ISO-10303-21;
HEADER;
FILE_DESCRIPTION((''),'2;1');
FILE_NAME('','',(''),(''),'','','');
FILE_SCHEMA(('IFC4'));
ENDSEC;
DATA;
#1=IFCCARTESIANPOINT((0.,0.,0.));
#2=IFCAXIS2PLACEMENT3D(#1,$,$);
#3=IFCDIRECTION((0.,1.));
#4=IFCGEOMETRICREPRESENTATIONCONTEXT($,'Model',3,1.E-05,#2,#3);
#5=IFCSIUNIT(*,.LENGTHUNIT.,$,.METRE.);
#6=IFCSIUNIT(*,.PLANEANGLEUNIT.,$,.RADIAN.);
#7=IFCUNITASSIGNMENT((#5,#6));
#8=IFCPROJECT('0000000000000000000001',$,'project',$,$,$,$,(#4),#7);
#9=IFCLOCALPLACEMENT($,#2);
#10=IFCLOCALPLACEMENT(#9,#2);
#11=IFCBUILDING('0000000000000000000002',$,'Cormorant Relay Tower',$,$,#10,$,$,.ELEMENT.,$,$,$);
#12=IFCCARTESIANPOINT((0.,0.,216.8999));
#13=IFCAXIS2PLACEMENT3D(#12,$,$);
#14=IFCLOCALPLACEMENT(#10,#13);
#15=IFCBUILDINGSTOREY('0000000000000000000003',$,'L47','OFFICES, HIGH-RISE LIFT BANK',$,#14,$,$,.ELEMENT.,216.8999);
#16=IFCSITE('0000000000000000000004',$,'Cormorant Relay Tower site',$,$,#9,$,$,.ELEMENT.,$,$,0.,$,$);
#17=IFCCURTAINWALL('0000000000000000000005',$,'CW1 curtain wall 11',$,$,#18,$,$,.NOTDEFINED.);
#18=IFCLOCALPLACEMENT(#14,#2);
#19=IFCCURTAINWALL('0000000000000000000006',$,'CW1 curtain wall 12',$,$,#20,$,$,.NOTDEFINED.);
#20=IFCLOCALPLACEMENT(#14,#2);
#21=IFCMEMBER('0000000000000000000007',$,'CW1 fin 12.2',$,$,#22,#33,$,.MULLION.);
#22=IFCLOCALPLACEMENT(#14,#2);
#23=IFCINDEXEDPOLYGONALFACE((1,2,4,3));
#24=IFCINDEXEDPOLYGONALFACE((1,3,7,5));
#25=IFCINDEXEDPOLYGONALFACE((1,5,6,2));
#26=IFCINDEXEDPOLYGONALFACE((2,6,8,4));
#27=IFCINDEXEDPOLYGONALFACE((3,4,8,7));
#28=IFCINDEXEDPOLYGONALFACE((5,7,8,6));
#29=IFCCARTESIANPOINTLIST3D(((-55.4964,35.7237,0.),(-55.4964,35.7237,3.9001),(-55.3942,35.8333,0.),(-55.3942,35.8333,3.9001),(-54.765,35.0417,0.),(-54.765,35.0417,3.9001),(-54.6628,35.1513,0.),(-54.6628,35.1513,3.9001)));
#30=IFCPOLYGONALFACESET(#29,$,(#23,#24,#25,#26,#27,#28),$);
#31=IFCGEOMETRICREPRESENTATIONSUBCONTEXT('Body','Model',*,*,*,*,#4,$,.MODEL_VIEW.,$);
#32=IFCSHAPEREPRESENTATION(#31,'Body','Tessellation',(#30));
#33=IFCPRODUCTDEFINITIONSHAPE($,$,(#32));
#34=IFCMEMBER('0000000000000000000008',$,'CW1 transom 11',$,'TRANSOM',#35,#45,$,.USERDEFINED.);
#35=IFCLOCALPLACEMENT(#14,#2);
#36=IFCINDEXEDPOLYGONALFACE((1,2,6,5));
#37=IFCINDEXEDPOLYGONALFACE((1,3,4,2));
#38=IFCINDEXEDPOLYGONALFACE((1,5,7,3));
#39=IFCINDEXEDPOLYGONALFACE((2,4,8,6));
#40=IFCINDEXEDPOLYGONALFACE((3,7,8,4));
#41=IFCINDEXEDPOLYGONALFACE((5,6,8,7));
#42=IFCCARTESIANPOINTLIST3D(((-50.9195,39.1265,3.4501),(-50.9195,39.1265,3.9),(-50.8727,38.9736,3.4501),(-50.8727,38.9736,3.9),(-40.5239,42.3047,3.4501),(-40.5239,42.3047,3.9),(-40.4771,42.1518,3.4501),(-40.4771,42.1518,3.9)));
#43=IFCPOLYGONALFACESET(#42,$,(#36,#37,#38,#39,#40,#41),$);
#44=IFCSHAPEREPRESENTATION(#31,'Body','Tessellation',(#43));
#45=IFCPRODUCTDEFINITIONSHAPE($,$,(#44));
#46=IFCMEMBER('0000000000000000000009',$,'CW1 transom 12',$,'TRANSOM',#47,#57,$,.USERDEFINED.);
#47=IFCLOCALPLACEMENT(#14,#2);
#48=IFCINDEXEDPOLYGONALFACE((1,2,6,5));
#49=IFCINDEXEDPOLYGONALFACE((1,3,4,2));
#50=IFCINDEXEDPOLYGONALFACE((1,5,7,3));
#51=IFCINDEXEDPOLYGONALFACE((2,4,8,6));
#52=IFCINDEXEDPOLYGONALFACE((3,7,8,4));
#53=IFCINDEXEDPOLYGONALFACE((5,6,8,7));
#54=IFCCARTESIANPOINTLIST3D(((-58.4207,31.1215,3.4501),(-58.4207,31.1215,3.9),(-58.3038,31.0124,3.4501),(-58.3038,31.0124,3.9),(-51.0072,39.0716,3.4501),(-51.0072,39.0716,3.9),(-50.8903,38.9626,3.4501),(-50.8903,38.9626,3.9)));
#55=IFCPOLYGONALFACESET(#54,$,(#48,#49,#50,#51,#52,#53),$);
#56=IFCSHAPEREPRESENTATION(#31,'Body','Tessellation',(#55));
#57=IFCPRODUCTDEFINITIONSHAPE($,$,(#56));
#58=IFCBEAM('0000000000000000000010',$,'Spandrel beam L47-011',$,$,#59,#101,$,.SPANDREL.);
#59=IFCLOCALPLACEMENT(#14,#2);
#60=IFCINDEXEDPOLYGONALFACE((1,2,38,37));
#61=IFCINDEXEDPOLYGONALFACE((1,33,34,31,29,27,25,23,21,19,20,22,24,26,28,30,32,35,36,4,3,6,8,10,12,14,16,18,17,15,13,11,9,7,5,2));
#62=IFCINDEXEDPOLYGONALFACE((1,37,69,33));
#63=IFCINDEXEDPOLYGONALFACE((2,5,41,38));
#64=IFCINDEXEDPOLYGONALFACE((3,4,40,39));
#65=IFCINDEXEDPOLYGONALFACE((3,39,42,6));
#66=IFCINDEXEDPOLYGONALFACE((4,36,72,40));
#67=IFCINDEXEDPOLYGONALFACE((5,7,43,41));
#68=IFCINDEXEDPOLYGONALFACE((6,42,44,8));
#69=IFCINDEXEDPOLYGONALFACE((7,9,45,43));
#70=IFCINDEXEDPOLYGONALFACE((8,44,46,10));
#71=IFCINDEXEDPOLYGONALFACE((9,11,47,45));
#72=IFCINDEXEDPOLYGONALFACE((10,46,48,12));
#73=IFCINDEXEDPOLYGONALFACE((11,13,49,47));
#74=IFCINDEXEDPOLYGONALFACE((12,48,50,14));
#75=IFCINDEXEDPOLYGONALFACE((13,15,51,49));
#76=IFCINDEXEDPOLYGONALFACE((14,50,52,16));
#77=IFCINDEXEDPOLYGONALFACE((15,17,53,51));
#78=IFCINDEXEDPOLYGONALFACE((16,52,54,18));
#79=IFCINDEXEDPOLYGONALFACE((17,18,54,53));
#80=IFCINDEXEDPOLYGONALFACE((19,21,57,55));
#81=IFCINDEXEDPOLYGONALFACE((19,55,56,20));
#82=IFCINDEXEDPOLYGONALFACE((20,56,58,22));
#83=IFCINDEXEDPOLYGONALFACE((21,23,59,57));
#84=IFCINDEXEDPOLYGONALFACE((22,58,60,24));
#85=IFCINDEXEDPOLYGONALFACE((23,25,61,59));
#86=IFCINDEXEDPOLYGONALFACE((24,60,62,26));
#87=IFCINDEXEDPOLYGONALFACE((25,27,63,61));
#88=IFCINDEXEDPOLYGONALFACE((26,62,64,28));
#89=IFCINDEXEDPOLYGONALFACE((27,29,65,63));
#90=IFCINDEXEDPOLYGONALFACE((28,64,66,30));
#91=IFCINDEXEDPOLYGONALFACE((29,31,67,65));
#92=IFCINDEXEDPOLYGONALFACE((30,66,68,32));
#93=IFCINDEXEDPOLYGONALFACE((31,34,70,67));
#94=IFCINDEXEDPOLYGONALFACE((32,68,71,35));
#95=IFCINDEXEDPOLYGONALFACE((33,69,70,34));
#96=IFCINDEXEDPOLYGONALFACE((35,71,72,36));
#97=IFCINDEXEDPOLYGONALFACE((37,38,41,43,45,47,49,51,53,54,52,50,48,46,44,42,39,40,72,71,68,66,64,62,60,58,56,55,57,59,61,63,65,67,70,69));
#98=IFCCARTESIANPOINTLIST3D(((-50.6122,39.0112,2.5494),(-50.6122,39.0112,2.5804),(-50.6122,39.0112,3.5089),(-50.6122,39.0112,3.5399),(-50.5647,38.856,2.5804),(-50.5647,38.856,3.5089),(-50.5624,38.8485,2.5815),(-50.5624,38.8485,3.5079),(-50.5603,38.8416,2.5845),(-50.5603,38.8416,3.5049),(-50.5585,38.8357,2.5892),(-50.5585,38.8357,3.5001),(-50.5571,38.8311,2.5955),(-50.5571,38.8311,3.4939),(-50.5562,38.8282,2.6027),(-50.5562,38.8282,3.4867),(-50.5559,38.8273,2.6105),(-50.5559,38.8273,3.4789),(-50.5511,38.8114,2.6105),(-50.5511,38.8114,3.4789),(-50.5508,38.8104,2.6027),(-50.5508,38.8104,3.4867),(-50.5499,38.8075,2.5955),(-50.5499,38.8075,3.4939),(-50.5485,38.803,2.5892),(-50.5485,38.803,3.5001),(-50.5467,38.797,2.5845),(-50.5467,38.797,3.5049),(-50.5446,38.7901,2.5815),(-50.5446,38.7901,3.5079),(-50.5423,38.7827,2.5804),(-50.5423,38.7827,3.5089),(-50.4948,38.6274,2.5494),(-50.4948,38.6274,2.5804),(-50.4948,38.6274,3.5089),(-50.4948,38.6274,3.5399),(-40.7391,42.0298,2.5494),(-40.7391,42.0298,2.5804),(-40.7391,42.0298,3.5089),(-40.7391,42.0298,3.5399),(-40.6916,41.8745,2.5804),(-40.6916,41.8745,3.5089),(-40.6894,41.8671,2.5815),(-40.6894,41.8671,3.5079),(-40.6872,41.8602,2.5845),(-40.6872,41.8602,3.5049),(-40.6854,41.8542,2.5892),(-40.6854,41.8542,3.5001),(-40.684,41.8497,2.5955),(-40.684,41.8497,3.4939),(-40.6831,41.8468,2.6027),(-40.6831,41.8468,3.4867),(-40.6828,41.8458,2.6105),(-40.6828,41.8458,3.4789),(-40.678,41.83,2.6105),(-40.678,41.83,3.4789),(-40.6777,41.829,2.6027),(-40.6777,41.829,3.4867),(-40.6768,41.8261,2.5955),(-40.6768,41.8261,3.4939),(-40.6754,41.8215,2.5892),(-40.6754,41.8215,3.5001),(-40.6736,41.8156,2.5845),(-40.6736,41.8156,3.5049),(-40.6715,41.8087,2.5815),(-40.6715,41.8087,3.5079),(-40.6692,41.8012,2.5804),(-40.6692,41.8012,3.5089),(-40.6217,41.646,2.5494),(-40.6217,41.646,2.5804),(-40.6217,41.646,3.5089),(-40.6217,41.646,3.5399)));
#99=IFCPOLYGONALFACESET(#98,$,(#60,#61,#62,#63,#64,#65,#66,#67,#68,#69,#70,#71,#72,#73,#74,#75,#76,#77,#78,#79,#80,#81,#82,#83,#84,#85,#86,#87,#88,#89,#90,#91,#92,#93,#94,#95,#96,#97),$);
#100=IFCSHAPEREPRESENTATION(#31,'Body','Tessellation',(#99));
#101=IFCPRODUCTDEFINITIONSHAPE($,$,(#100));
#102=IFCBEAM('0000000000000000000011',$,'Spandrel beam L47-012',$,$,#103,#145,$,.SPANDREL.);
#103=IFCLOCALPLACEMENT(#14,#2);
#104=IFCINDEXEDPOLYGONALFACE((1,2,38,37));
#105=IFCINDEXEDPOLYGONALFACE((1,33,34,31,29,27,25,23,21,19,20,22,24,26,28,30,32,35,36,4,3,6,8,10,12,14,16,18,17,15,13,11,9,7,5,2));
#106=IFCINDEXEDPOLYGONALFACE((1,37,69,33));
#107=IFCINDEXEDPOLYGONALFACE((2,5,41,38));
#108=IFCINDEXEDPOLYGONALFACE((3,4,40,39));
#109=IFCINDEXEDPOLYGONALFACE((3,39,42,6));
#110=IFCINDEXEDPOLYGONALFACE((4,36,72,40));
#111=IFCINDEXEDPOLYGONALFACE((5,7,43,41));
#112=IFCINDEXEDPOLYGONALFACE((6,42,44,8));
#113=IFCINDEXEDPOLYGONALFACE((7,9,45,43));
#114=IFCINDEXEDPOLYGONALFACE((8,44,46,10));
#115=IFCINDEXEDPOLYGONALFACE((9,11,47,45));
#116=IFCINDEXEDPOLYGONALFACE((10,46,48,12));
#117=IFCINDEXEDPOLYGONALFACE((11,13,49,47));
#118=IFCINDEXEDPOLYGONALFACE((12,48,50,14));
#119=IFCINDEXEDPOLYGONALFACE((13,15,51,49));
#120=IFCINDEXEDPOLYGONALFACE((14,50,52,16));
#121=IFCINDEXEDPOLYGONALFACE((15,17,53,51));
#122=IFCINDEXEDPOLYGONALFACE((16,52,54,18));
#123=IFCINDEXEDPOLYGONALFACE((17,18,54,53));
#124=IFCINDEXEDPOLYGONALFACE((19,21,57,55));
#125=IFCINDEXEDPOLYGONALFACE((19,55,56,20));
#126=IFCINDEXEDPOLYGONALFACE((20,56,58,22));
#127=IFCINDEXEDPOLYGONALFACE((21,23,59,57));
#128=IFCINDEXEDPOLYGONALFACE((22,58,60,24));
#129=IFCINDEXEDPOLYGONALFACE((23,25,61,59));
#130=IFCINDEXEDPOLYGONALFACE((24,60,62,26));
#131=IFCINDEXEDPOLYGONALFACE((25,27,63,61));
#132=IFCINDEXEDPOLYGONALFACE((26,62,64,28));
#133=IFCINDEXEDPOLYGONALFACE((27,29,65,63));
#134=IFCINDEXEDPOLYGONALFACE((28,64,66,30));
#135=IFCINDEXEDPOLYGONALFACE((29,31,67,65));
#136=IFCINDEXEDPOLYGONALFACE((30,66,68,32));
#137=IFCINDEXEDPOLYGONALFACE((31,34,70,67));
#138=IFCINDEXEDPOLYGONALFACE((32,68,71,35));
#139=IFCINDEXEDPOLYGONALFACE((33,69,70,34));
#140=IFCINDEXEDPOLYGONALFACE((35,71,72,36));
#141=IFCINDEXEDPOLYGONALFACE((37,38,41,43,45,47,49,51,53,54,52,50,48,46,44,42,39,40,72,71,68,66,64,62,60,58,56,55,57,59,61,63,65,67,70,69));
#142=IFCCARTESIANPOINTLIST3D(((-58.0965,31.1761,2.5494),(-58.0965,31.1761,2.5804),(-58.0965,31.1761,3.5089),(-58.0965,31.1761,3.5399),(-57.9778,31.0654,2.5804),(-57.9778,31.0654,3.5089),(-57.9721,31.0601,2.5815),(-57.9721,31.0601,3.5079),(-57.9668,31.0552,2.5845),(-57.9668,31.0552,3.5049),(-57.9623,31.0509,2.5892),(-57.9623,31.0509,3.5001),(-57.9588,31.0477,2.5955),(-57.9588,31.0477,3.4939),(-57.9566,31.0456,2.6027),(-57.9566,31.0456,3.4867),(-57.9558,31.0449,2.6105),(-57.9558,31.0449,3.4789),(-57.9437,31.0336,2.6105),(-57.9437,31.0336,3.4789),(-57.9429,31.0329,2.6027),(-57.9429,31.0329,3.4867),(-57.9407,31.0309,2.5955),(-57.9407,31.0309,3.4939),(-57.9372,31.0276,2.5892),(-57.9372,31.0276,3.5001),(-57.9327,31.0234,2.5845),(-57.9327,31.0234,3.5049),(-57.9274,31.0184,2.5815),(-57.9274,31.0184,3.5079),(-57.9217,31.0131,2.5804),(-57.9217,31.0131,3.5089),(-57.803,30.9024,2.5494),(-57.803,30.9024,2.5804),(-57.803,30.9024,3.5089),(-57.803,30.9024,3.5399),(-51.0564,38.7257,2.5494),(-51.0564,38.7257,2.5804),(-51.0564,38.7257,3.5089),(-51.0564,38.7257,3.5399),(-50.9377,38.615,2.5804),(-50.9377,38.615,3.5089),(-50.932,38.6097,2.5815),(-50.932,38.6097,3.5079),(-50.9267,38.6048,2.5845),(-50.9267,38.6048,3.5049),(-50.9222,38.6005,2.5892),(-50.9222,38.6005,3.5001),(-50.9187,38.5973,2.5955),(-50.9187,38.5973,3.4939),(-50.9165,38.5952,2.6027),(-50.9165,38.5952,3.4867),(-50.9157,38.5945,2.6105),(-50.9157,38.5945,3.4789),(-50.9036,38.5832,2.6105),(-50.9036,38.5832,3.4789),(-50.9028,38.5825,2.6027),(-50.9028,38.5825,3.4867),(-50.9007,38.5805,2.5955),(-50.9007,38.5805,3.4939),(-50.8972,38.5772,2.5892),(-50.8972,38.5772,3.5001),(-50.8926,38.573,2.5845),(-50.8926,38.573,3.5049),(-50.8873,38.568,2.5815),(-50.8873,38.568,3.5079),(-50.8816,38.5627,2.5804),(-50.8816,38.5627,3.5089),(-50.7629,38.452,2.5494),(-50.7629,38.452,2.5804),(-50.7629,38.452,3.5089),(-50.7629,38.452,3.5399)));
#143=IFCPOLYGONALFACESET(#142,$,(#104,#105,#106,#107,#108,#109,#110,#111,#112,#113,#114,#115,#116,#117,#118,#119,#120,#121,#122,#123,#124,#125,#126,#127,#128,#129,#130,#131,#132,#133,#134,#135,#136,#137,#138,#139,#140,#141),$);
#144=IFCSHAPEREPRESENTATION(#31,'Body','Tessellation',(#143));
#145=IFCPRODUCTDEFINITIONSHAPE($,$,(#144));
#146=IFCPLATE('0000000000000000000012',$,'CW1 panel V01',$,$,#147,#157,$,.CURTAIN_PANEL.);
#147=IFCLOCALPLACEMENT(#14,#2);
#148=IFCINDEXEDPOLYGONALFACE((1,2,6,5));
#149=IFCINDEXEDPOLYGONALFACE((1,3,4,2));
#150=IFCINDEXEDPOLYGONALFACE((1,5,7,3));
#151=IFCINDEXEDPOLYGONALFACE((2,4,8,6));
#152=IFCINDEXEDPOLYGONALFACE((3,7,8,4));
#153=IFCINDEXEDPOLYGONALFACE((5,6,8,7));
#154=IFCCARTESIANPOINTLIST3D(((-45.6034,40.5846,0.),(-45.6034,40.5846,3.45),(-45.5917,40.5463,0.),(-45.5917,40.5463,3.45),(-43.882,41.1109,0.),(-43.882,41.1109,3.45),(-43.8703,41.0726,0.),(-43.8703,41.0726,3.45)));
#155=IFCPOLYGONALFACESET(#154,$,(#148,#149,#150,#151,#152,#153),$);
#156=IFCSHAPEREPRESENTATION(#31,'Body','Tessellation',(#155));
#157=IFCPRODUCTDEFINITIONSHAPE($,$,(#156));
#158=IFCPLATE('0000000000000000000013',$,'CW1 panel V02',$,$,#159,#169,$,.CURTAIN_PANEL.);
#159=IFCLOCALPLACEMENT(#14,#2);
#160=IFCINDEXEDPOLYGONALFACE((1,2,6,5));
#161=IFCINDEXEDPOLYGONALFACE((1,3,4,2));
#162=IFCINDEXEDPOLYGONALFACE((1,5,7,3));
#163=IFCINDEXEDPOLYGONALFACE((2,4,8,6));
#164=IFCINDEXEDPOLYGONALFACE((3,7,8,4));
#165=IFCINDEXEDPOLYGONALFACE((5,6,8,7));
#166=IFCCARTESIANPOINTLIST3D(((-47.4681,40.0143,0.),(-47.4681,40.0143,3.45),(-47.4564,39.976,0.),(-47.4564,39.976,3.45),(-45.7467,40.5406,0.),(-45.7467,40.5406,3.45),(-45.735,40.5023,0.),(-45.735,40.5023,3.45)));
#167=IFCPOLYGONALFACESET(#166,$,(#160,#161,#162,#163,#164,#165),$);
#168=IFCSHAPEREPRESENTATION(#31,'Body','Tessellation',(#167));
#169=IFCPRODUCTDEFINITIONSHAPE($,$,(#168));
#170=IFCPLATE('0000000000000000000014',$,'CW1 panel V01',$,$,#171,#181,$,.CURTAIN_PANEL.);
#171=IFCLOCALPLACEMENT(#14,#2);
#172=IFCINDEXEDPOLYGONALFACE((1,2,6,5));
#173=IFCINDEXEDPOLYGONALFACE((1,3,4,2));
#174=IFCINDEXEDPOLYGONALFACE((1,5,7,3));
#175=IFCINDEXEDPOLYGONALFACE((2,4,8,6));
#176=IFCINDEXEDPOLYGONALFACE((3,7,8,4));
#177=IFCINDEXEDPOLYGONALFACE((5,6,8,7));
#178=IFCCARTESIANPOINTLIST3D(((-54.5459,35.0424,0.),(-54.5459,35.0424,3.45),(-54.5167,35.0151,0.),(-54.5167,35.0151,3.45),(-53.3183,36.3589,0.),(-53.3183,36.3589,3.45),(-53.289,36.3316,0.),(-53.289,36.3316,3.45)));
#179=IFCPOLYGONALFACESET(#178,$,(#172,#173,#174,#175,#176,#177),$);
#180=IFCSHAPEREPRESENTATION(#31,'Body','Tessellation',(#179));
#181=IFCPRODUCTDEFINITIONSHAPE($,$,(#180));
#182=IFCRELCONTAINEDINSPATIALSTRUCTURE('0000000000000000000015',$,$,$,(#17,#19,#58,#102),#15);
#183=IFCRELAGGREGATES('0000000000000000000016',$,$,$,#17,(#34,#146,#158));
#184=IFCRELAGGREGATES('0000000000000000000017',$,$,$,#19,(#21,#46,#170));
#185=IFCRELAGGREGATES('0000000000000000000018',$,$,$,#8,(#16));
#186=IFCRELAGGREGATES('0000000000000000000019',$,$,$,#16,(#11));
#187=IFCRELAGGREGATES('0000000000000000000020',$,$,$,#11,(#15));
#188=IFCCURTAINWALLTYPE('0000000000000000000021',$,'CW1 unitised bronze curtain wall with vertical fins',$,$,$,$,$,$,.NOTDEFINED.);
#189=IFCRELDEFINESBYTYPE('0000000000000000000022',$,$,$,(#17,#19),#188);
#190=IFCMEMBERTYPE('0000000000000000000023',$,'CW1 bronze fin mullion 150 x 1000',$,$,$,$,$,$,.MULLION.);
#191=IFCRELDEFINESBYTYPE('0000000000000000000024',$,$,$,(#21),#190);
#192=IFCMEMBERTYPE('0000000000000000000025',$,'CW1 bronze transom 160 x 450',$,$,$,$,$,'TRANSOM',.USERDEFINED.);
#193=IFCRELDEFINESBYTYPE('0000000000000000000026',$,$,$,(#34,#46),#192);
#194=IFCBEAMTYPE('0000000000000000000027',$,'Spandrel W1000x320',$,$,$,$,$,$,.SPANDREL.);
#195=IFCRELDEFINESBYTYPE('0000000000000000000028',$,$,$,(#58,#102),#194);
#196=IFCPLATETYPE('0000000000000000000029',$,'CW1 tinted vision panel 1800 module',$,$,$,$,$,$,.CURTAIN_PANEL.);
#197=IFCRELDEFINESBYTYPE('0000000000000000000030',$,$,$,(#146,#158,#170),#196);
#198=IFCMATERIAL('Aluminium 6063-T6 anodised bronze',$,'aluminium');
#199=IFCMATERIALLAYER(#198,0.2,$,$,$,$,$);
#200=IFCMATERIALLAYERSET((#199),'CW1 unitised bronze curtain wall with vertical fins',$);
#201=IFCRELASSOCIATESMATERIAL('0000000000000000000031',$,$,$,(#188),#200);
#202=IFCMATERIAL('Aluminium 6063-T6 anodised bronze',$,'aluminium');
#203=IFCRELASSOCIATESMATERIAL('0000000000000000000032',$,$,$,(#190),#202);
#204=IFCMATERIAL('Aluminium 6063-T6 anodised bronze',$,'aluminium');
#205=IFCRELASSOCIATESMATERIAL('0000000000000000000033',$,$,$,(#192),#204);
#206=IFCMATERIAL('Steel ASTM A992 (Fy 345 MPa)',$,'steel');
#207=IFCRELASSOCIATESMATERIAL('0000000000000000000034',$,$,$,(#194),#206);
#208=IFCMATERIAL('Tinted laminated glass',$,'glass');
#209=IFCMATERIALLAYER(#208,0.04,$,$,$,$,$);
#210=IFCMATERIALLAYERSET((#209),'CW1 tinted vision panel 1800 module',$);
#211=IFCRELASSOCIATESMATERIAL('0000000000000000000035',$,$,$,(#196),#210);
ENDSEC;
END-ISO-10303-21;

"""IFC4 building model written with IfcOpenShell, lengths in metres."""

from ifc_helpers import new_model, si_unit, direction, frame, origin, origin_2d, place, context, subcontext, project, spatial, rectangle, i_section, extrude, material, layer, layer_set, material_profile, profile_set, type_object, element, aggregate, save


model = new_model("IFC4")

# Units and contexts
model_context = context("Model", 3, precision=1e-05, world=origin(), true_north=direction((0.0, 1.0)))
body_context = subcontext(model_context, "Body", "Model", "MODEL_VIEW")
ifc_project = project(units=[si_unit("LENGTHUNIT", "METRE"), si_unit("PLANEANGLEUNIT", "RADIAN")], contexts=[model_context])

# Site, building, storey
site_placement = place(None, origin())
site = spatial("IfcSite", under=ifc_project, at=site_placement, Name="Cormorant Relay Tower site", CompositionType="ELEMENT", RefElevation=0.0)
building_placement = place(site_placement, origin())
building = spatial("IfcBuilding", under=site, at=building_placement, Name="Cormorant Relay Tower", CompositionType="ELEMENT")
storey_placement = place(building_placement, frame((0.0, 0.0, 216.8999)))
storey = spatial("IfcBuildingStorey", under=building, at=storey_placement, Name="L47", Description="OFFICES, HIGH-RISE LIFT BANK", CompositionType="ELEMENT", Elevation=216.8999)

# Shared definitions
ifc_material_1 = material(Name="Aluminium 6063-T6 anodised bronze", Category="aluminium")
ifc_layer_1 = layer(ifc_material_1, 0.2)
ifc_layer_set_1 = layer_set([ifc_layer_1], Name="CW1 unitised bronze curtain wall with vertical fins")
curtain_wall_type = type_object("IfcCurtainWallType", Name="CW1 unitised bronze curtain wall with vertical fins", PredefinedType="NOTDEFINED", material=ifc_layer_set_1)
ifc_material_2 = material(Name="Aluminium 6063-T6 anodised bronze", Category="aluminium")
ifc_material_profile_1 = material_profile(ifc_material_2, rectangle(XDim=0.1499, YDim=1.0, at=origin_2d()), Name="AL 150x1000")
ifc_profile_set_1 = profile_set([ifc_material_profile_1], Name="Aluminium 6063-T6 anodised bronze")
member_type_1 = type_object("IfcMemberType", Name="CW1 bronze fin mullion 150 x 1000", PredefinedType="MULLION", material=ifc_profile_set_1)

# Curtain walls, member
curtain_wall_1_placement = place(storey_placement, origin())
curtain_wall_1 = element("IfcCurtainWall", 1, at=curtain_wall_1_placement, inside=storey, type_object=curtain_wall_type, Name="CW1 curtain wall 11", PredefinedType="NOTDEFINED")
curtain_wall_2_placement = place(storey_placement, origin())
curtain_wall_2 = element("IfcCurtainWall", 2, at=curtain_wall_2_placement, inside=storey, type_object=curtain_wall_type, Name="CW1 curtain wall 12", PredefinedType="NOTDEFINED")
member_1_placement = place(storey_placement, frame((-55.0796, 35.4375, 0.0), z_axis=(0.0, 0.0, 1.0), x_axis=(-0.681998, -0.731354, 0.0)))
member_1 = element("IfcMember", 3, at=member_1_placement, type_object=member_type_1, Name="CW1 fin 12.2", PredefinedType="MULLION", context=body_context, shape_type="SweptSolid", body=[
    extrude(rectangle(XDim=0.1499, YDim=1.0, at=origin_2d()), origin(), (0.0, 0.0, 1.0), 3.9001),
])

# Members
ifc_material_3 = material(Name="Aluminium 6063-T6 anodised bronze", Category="aluminium")
ifc_material_profile_2 = material_profile(ifc_material_3, rectangle(XDim=0.1599, YDim=0.45, at=origin_2d()), Name="AL 160x450")
ifc_profile_set_2 = profile_set([ifc_material_profile_2], Name="Aluminium 6063-T6 anodised bronze")
member_type_2 = type_object("IfcMemberType", Name="CW1 bronze transom 160 x 450", ElementType="TRANSOM", PredefinedType="USERDEFINED", material=ifc_profile_set_2)
member_2_placement = place(storey_placement, frame((-40.5005, 42.2283, 3.675), z_axis=(-0.956305, -0.292371, 0.0), x_axis=(0.292371, -0.956305, 0.0)))
member_2 = element("IfcMember", 4, at=member_2_placement, type_object=member_type_2, Name="CW1 transom 11", ObjectType="TRANSOM", PredefinedType="USERDEFINED", context=body_context, shape_type="SweptSolid", body=[
    extrude(rectangle(XDim=0.1599, YDim=0.45, at=origin_2d()), origin(), (0.0, 0.0, 1.0), 10.8706),
])
member_3_placement = place(storey_placement, frame((-50.9487, 39.0171, 3.675), z_axis=(-0.681993, -0.731358, 0.0), x_axis=(0.731358, -0.681993, 0.0)))
member_3 = element("IfcMember", 5, at=member_3_placement, type_object=member_type_2, Name="CW1 transom 12", ObjectType="TRANSOM", PredefinedType="USERDEFINED", context=body_context, shape_type="SweptSolid", body=[
    extrude(rectangle(XDim=0.1599, YDim=0.45, at=origin_2d()), origin(), (0.0, 0.0, 1.0), 10.8704),
])

# Beams
ifc_material_4 = material(Name="Steel ASTM A992 (Fy 345 MPa)", Category="steel")
ifc_material_profile_3 = material_profile(ifc_material_4, i_section(OverallWidth=0.4014, OverallDepth=0.9905, WebThickness=0.0166, FlangeThickness=0.031, FilletRadius=0.03, at=origin_2d()), Name="W1000x320")
ifc_profile_set_3 = profile_set([ifc_material_profile_3], Name="Steel ASTM A992 (Fy 345 MPa)")
beam_type = type_object("IfcBeamType", Name="Spandrel W1000x320", PredefinedType="SPANDREL", material=ifc_profile_set_3)
beam_1_placement = place(storey_placement, frame((-40.6804, 41.8379, 3.0447), z_axis=(-0.956303, -0.292377, 0.0), x_axis=(0.292377, -0.956303, 0.0)))
element("IfcBeam", 6, at=beam_1_placement, inside=storey, type_object=beam_type, Name="Spandrel beam L47-011", PredefinedType="SPANDREL", context=body_context, shape_type="SweptSolid", body=[
    extrude(i_section(OverallWidth=0.4014, OverallDepth=0.9905, WebThickness=0.0166, FlangeThickness=0.031, FilletRadius=0.03, at=origin_2d()), origin(), (0.0, 0.0, 1.0), 10.3242),
])
beam_2_placement = place(storey_placement, frame((-50.9097, 38.5889, 3.0447), z_axis=(-0.681996, -0.731356, 0.0), x_axis=(0.731356, -0.681996, 0.0)))
element("IfcBeam", 7, at=beam_2_placement, inside=storey, type_object=beam_type, Name="Spandrel beam L47-012", PredefinedType="SPANDREL", context=body_context, shape_type="SweptSolid", body=[
    extrude(i_section(OverallWidth=0.4014, OverallDepth=0.9905, WebThickness=0.0166, FlangeThickness=0.031, FilletRadius=0.03, at=origin_2d()), origin(), (0.0, 0.0, 1.0), 10.3228),
])

# Plates
ifc_material_5 = material(Name="Tinted laminated glass", Category="glass")
ifc_layer_2 = layer(ifc_material_5, 0.04)
ifc_layer_set_2 = layer_set([ifc_layer_2], Name="CW1 tinted vision panel 1800 module")
plate_type_1 = type_object("IfcPlateType", Name="CW1 tinted vision panel 1800 module", PredefinedType="CURTAIN_PANEL", material=ifc_layer_set_2)
plate_1_placement = place(storey_placement, frame((-44.7368, 40.8286, 0.0), z_axis=(0.0, 0.0, 1.0), x_axis=(-0.956305, -0.292372, 0.0)))
plate_1 = element("IfcPlate", 8, at=plate_1_placement, type_object=plate_type_1, Name="CW1 panel V01", PredefinedType="CURTAIN_PANEL", context=body_context, shape_type="SweptSolid", body=[
    extrude(rectangle(XDim=1.8, YDim=0.04, at=origin_2d()), origin(), (0.0, 0.0, 1.0), 3.45),
])
plate_2_placement = place(storey_placement, frame((-46.6016, 40.2583, 0.0), z_axis=(0.0, 0.0, 1.0), x_axis=(-0.956305, -0.292372, 0.0)))
plate_2 = element("IfcPlate", 9, at=plate_2_placement, type_object=plate_type_1, Name="CW1 panel V02", PredefinedType="CURTAIN_PANEL", context=body_context, shape_type="SweptSolid", body=[
    extrude(rectangle(XDim=1.8, YDim=0.04, at=origin_2d()), origin(), (0.0, 0.0, 1.0), 3.45),
])
plate_3_placement = place(storey_placement, frame((-53.9175, 35.687, 0.0), z_axis=(0.0, 0.0, 1.0), x_axis=(-0.681998, -0.731354, 0.0)))
plate_3 = element("IfcPlate", 10, at=plate_3_placement, type_object=plate_type_1, Name="CW1 panel V01", PredefinedType="CURTAIN_PANEL", context=body_context, shape_type="SweptSolid", body=[
    extrude(rectangle(XDim=1.8, YDim=0.04, at=origin_2d()), origin(), (0.0, 0.0, 1.0), 3.45),
])

aggregate(curtain_wall_1, [member_2, plate_1, plate_2])
aggregate(curtain_wall_2, [member_1, member_3, plate_3])

save(model, "model.ifc")
